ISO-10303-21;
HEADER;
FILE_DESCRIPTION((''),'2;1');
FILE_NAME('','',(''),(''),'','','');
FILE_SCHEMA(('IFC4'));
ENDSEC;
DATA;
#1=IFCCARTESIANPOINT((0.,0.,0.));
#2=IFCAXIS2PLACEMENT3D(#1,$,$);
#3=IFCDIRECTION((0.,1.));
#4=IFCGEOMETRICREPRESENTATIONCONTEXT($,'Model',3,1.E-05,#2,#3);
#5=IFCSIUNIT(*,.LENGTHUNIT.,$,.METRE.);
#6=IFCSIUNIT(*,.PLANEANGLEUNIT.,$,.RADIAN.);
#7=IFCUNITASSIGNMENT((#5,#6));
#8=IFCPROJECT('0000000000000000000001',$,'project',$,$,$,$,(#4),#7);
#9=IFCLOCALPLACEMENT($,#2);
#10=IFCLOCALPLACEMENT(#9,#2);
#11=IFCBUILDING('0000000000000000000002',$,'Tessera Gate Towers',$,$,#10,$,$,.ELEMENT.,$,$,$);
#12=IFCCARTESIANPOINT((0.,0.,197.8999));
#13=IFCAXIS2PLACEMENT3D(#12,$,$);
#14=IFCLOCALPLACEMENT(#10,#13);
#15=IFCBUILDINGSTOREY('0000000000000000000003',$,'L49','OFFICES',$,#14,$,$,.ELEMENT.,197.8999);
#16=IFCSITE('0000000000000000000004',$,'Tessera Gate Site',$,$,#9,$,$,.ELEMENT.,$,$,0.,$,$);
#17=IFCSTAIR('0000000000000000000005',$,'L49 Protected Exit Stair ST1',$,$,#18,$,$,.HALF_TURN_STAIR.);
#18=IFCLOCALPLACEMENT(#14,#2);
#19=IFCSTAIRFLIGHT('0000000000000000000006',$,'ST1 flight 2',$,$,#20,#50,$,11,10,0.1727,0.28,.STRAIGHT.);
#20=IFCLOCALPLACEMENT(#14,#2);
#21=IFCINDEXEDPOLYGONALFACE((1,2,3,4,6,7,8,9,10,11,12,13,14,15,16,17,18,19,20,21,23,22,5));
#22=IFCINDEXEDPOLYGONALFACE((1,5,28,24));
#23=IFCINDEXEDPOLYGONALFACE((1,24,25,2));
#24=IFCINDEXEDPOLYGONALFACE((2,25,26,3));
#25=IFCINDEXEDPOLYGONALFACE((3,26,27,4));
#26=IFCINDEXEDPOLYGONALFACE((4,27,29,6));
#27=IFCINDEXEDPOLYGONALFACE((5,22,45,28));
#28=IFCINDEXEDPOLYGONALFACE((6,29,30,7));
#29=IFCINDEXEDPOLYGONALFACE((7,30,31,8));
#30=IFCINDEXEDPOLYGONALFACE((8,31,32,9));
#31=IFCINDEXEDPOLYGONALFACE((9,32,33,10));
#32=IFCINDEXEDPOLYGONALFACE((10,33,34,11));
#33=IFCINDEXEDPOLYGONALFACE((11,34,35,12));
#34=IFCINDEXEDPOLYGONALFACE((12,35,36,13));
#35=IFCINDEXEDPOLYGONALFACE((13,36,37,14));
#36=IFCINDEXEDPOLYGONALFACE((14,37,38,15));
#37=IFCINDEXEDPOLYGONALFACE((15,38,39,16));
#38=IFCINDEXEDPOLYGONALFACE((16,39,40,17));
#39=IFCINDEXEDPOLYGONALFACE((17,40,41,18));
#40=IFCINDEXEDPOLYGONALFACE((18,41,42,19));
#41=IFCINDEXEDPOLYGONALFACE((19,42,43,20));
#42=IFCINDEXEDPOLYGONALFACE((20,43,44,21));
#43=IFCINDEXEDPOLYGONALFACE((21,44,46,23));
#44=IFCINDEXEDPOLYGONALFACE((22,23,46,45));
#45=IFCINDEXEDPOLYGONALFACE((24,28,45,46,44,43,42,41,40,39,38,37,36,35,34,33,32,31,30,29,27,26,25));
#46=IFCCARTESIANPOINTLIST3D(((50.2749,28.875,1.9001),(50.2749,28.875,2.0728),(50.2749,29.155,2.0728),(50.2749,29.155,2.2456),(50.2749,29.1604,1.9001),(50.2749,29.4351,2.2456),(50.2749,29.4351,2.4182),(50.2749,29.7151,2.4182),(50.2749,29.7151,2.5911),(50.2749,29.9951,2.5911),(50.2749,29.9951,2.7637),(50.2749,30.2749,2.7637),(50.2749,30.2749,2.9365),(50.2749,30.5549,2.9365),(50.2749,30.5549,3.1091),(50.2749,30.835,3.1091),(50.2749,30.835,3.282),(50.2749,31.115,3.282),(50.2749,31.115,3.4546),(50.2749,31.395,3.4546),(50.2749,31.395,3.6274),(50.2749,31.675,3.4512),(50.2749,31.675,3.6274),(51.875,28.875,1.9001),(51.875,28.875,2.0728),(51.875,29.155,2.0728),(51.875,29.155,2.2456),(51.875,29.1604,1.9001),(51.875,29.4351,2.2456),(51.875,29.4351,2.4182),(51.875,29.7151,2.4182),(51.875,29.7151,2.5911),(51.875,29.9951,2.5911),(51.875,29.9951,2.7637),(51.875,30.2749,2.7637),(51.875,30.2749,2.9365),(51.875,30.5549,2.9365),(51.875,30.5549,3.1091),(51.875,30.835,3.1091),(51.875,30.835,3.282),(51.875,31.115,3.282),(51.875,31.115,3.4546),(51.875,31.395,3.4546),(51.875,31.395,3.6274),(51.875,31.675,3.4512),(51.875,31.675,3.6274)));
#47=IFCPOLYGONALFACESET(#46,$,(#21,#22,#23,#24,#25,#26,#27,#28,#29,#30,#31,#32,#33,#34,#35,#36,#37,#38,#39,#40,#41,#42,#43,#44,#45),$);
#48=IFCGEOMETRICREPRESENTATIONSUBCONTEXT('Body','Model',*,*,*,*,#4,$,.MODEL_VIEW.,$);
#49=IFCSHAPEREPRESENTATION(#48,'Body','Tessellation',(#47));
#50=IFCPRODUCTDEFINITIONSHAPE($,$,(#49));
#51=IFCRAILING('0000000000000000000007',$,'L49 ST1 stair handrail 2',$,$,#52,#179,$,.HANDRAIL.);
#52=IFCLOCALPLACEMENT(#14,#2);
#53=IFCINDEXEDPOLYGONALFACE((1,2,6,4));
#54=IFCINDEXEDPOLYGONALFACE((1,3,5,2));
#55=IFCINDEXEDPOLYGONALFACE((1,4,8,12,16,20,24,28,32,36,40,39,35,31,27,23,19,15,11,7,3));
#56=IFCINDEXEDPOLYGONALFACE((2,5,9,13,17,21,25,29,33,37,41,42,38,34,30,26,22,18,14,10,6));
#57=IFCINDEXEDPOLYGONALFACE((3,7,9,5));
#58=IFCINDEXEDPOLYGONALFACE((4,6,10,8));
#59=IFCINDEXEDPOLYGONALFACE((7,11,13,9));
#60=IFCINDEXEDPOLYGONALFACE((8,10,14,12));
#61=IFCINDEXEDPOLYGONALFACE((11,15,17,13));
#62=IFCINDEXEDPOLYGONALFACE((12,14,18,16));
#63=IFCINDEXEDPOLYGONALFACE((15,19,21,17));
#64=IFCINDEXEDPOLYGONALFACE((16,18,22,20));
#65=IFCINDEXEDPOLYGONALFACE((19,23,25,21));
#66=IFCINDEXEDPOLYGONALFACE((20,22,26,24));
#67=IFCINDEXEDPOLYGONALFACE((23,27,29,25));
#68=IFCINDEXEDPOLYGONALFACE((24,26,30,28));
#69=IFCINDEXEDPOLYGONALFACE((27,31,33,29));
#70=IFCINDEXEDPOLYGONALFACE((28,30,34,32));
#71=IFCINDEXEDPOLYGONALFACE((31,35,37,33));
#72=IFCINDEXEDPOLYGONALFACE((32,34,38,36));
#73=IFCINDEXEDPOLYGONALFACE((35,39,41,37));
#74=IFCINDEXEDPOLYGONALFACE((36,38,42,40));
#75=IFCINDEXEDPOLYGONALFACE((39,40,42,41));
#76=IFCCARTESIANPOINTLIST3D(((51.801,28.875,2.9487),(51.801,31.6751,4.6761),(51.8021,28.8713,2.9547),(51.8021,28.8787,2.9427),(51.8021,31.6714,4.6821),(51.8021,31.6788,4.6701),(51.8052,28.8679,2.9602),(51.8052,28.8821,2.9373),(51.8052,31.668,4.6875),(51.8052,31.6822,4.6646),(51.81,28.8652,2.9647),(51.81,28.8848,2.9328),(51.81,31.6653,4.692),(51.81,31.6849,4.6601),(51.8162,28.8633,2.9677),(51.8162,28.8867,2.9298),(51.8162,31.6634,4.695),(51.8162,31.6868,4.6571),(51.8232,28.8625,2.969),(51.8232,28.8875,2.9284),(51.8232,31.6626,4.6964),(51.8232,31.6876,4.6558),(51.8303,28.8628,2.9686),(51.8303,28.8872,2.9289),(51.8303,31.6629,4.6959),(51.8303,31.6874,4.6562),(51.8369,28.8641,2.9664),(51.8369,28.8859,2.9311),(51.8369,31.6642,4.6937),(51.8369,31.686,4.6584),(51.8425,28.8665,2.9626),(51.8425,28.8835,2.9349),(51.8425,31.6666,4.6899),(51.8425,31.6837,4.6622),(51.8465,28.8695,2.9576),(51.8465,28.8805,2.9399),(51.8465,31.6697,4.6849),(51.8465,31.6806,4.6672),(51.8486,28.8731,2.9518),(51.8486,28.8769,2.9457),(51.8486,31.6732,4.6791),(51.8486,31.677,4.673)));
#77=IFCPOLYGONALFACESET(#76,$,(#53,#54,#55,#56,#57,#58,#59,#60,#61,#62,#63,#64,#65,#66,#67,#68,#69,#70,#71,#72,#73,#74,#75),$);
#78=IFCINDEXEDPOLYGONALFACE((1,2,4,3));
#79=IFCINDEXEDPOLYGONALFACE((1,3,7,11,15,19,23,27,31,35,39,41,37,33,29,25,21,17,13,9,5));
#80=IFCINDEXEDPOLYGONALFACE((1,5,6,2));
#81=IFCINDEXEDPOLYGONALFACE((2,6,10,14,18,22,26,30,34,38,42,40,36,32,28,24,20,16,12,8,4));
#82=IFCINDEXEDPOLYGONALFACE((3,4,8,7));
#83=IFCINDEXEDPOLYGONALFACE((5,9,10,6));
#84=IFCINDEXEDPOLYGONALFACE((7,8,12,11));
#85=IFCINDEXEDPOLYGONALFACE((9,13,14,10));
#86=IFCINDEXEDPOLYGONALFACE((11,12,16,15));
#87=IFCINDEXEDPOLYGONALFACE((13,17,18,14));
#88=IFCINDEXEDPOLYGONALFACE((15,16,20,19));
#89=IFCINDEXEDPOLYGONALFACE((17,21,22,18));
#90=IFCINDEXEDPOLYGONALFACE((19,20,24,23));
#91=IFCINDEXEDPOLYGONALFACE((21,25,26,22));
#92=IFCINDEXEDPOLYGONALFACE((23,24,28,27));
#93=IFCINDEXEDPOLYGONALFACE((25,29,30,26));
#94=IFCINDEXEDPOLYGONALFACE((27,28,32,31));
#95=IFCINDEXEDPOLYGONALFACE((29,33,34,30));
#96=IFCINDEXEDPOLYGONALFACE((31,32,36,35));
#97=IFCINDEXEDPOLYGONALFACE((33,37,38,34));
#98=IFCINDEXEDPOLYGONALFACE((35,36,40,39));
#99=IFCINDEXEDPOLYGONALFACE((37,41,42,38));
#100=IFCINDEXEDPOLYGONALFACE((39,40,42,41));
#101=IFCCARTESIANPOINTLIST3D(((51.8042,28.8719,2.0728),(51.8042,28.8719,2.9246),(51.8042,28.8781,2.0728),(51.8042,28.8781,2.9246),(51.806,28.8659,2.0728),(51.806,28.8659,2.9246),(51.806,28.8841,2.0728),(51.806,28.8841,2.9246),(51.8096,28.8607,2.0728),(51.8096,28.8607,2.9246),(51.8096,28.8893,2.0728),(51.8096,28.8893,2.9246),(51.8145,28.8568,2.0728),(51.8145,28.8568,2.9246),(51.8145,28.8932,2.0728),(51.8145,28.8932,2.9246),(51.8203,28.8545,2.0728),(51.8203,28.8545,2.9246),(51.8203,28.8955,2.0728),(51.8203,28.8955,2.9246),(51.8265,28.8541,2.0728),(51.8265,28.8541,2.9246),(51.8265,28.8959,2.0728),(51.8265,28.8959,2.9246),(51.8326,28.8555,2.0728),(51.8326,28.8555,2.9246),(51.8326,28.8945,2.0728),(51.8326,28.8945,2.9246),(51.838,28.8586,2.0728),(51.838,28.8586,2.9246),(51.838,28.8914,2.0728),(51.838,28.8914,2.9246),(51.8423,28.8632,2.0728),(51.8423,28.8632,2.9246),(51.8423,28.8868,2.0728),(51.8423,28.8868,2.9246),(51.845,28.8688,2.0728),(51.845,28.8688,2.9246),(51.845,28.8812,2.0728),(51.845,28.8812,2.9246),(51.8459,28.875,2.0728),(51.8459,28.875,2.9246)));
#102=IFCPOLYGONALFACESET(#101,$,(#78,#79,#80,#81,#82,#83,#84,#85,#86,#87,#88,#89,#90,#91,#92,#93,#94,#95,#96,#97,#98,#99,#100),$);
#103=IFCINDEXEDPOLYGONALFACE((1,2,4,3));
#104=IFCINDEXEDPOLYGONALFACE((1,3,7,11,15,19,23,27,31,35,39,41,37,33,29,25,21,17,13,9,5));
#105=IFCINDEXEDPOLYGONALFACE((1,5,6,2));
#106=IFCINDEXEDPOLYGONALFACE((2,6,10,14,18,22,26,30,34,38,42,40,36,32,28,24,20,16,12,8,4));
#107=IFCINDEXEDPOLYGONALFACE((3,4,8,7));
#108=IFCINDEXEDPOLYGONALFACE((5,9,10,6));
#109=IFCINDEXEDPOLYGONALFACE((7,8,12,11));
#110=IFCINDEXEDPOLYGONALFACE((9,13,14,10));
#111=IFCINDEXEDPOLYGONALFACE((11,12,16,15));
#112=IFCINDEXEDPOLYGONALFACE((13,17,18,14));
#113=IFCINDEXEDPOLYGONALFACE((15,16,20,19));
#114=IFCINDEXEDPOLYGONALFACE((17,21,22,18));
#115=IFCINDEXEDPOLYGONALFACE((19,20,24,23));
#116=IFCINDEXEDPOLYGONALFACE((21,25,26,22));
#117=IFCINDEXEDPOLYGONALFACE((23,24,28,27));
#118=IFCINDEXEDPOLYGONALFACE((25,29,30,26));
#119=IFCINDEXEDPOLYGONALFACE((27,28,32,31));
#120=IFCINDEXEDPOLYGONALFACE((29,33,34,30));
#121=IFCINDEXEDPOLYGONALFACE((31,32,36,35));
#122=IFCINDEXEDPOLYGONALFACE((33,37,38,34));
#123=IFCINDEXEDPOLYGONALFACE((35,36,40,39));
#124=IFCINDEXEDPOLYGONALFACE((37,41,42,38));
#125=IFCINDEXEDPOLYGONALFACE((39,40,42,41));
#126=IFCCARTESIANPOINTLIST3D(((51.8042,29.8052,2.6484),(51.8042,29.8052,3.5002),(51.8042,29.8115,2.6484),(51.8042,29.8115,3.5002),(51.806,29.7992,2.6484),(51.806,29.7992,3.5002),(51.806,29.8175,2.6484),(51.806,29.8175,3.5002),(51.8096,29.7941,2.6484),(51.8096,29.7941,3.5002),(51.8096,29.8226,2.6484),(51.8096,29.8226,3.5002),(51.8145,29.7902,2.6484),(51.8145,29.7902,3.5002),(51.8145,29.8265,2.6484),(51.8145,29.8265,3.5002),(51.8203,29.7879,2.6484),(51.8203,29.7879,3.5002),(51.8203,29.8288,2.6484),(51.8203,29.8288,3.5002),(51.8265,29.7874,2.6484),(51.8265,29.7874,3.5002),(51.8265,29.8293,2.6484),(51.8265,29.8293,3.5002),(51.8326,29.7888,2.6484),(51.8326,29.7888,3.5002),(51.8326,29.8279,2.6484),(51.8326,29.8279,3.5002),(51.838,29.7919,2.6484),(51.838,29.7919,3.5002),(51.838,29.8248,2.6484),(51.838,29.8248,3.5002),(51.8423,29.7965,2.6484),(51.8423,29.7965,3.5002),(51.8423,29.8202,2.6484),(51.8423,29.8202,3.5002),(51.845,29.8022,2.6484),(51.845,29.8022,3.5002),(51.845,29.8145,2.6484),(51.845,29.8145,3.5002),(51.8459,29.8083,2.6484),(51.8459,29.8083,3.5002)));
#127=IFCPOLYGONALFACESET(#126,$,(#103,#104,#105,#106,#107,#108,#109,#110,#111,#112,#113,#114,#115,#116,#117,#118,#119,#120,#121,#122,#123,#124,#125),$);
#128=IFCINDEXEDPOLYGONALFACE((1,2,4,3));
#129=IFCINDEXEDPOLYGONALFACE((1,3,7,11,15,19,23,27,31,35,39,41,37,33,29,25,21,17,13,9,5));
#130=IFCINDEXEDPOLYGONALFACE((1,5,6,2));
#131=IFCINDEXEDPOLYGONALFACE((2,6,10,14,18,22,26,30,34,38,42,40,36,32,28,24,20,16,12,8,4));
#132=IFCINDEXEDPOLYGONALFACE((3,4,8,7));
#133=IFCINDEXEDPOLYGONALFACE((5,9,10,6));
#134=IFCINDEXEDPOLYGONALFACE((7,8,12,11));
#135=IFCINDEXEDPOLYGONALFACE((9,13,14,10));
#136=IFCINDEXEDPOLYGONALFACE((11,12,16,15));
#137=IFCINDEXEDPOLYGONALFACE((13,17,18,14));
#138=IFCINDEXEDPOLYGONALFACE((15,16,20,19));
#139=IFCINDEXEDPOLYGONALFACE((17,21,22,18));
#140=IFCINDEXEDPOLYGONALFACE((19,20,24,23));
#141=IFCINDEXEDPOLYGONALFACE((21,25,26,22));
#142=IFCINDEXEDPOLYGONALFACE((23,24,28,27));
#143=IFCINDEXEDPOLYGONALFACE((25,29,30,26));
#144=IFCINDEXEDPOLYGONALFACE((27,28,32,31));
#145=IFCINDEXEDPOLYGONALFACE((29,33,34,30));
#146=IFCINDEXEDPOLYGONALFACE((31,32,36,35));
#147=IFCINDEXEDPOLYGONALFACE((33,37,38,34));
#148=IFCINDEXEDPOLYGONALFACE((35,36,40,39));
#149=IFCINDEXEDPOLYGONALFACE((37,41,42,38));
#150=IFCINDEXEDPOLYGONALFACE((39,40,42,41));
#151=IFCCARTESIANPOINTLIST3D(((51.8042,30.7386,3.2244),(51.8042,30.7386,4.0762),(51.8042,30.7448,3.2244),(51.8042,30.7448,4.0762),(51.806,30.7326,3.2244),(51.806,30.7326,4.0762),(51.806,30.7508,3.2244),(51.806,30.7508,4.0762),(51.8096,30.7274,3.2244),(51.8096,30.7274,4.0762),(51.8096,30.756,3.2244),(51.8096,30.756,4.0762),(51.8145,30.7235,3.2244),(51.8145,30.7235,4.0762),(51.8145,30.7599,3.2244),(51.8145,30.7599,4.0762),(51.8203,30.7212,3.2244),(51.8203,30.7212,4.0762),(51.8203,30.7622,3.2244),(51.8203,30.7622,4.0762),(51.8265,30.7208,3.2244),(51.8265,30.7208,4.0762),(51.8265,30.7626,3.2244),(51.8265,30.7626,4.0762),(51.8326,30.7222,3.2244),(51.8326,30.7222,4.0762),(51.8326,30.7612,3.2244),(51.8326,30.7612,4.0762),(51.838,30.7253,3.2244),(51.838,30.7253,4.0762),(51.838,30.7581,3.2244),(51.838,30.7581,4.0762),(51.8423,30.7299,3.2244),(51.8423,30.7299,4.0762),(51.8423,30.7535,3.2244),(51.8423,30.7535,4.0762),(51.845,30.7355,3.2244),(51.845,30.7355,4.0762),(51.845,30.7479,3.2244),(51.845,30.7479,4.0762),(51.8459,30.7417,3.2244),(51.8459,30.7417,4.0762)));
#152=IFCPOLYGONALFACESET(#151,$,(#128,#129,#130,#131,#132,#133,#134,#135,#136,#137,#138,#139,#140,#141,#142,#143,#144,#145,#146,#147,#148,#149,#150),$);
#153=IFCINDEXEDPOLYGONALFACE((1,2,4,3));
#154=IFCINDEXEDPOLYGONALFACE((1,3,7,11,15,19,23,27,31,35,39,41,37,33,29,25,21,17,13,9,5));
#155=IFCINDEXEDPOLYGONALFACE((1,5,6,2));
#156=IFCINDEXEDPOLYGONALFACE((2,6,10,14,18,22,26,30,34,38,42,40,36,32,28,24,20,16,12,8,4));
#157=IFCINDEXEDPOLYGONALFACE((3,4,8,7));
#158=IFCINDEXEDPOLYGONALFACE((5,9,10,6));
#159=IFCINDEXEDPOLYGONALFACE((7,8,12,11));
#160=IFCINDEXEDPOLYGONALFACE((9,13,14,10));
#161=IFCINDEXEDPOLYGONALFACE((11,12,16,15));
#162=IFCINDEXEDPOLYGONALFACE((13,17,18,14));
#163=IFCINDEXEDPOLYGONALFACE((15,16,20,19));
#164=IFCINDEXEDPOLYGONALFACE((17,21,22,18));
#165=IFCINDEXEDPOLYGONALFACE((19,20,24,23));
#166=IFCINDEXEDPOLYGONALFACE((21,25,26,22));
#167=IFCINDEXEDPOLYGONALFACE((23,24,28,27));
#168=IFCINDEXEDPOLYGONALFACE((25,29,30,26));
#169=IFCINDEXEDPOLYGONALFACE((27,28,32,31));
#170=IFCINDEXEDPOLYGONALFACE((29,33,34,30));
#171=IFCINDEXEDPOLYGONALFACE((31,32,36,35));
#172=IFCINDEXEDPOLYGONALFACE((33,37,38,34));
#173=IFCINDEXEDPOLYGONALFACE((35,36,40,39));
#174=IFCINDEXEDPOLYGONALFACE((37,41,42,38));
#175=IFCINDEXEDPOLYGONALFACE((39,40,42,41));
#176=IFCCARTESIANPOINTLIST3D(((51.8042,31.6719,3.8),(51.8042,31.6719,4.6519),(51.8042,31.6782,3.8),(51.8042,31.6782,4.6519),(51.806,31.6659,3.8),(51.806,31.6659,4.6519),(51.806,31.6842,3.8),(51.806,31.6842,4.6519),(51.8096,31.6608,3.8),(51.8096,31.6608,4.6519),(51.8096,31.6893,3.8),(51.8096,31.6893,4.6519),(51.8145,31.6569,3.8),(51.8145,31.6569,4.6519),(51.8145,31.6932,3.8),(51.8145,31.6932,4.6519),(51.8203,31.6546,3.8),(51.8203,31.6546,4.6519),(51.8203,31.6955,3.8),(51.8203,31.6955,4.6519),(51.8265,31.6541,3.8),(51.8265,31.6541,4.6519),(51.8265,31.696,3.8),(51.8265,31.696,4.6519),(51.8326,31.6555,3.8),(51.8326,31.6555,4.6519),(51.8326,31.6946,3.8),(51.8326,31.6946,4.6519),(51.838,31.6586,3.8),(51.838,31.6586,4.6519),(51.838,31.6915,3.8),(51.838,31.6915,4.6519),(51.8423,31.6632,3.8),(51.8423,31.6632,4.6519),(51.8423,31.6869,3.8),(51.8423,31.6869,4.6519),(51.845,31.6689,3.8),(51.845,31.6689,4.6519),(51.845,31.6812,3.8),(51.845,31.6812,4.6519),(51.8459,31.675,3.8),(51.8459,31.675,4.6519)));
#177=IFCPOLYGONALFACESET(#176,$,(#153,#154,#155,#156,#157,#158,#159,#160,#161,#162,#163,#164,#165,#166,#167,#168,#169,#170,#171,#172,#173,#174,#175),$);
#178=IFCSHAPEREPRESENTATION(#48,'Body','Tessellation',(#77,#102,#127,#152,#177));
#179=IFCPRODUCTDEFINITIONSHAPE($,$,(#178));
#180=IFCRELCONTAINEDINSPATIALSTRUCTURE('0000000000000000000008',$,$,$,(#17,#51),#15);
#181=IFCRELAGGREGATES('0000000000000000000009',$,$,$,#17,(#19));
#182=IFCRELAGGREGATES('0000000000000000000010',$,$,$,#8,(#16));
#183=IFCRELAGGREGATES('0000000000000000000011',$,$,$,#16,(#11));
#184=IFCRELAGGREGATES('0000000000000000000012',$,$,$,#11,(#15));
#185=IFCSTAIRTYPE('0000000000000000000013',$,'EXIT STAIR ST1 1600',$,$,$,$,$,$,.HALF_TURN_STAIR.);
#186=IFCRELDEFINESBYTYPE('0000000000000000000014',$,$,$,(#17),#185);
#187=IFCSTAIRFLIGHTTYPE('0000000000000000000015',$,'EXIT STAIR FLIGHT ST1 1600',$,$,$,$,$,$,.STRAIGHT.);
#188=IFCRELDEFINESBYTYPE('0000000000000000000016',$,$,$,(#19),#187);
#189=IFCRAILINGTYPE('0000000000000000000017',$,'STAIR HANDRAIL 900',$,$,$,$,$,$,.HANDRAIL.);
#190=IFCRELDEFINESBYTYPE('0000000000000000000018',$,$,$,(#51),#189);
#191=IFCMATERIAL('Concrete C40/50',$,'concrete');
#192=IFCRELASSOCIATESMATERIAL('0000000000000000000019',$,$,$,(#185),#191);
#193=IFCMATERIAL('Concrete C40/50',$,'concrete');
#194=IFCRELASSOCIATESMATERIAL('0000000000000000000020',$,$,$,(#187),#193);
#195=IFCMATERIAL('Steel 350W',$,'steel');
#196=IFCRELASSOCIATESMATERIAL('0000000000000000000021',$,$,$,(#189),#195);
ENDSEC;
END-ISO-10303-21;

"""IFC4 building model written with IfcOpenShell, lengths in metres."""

from ifc_helpers import new_model, si_unit, direction, frame, origin, origin_2d, place, context, subcontext, project, spatial, polyline, circle, outline, extrude, material, type_object, element, aggregate, save


model = new_model("IFC4")

# Units and contexts
model_context = context("Model", 3, precision=1e-05, world=origin(), true_north=direction((0.0, 1.0)))
body_context = subcontext(model_context, "Body", "Model", "MODEL_VIEW")
ifc_project = project(units=[si_unit("LENGTHUNIT", "METRE"), si_unit("PLANEANGLEUNIT", "RADIAN")], contexts=[model_context])

# Site, building, storey
site_placement = place(None, origin())
site = spatial("IfcSite", under=ifc_project, at=site_placement, Name="Tessera Gate Site", CompositionType="ELEMENT", RefElevation=0.0)
building_placement = place(site_placement, origin())
building = spatial("IfcBuilding", under=site, at=building_placement, Name="Tessera Gate Towers", CompositionType="ELEMENT")
storey_placement = place(building_placement, frame((0.0, 0.0, 197.8999)))
storey = spatial("IfcBuildingStorey", under=building, at=storey_placement, Name="L49", Description="OFFICES", CompositionType="ELEMENT", Elevation=197.8999)

# Stair, stair flight
ifc_material_1 = material(Name="Concrete C40/50", Category="concrete")
stair_type = type_object("IfcStairType", Name="EXIT STAIR ST1 1600", PredefinedType="HALF_TURN_STAIR", material=ifc_material_1)
stair_placement = place(storey_placement, origin())
stair = element("IfcStair", 1, at=stair_placement, inside=storey, type_object=stair_type, Name="L49 Protected Exit Stair ST1", PredefinedType="HALF_TURN_STAIR")
ifc_material_2 = material(Name="Concrete C40/50", Category="concrete")
stair_flight_type = type_object("IfcStairFlightType", Name="EXIT STAIR FLIGHT ST1 1600", PredefinedType="STRAIGHT", material=ifc_material_2)
stair_flight_placement = place(storey_placement, frame((51.075, 28.875, 1.9001), z_axis=(0.0, 0.0, 1.0), x_axis=(0.0, 1.0, 0.0)))
stair_flight = element("IfcStairFlight", 2, at=stair_flight_placement, type_object=stair_flight_type, Name="ST1 flight 2", NumberOfRisers=11, NumberOfTreads=10, PredefinedType="STRAIGHT", RiserHeight=0.1727, TreadLength=0.28, context=body_context, shape_type="SweptSolid", body=[
    extrude(outline(polyline([(0.0, 0.0), (0.0, 0.1726), (0.28, 0.1726), (0.28, 0.3455), (0.5601, 0.3455), (0.5601, 0.5181), (0.8401, 0.5181), (0.8401, 0.6909), (1.1201, 0.6909), (1.1201, 0.8635), (1.3999, 0.8635), (1.3999, 1.0364), (1.6799, 1.0364), (1.6799, 1.209), (1.96, 1.209), (1.96, 1.3818), (2.24, 1.3818), (2.24, 1.5544), (2.52, 1.5544), (2.52, 1.7273), (2.8, 1.7273), (2.8, 1.8999), (2.8, 1.551), (0.2854, 0.0), (0.0, 0.0)])), frame((0.0, 0.8, 0.0), z_axis=(0.0, -1.0, 0.0), x_axis=(1.0, 0.0, 0.0)), (0.0, 0.0, 1.0), 1.6001),
])
aggregate(stair, [stair_flight])

# Railing
ifc_material_3 = material(Name="Steel 350W", Category="steel")
railing_type = type_object("IfcRailingType", Name="STAIR HANDRAIL 900", PredefinedType="HANDRAIL", material=ifc_material_3)
railing_placement = place(storey_placement, frame((51.825, 28.875, 2.0728)))
element("IfcRailing", 3, at=railing_placement, inside=storey, type_object=railing_type, Name="L49 ST1 stair handrail 2", PredefinedType="HANDRAIL", context=body_context, shape_type="SweptSolid", body=[
    extrude(circle(Radius=0.0239, at=origin_2d()), frame((0.0, 0.0, 0.876), z_axis=(0.0, 0.85109, 0.52502), x_axis=(-1.0, 0.0, 0.0)), (0.0, 0.0, 1.0), 3.29),
    extrude(circle(Radius=0.021, at=origin_2d()), origin(), (0.0, 0.0, 1.0), 0.8518),
    extrude(circle(Radius=0.021, at=origin_2d()), frame((0.0, 0.9333, 0.5757)), (0.0, 0.0, 1.0), 0.8518),
    extrude(circle(Radius=0.021, at=origin_2d()), frame((0.0, 1.8667, 1.1516)), (0.0, 0.0, 1.0), 0.8518),
    extrude(circle(Radius=0.021, at=origin_2d()), frame((0.0, 2.8, 1.7273)), (0.0, 0.0, 1.0), 0.8518),
])

save(model, "model.ifc")
